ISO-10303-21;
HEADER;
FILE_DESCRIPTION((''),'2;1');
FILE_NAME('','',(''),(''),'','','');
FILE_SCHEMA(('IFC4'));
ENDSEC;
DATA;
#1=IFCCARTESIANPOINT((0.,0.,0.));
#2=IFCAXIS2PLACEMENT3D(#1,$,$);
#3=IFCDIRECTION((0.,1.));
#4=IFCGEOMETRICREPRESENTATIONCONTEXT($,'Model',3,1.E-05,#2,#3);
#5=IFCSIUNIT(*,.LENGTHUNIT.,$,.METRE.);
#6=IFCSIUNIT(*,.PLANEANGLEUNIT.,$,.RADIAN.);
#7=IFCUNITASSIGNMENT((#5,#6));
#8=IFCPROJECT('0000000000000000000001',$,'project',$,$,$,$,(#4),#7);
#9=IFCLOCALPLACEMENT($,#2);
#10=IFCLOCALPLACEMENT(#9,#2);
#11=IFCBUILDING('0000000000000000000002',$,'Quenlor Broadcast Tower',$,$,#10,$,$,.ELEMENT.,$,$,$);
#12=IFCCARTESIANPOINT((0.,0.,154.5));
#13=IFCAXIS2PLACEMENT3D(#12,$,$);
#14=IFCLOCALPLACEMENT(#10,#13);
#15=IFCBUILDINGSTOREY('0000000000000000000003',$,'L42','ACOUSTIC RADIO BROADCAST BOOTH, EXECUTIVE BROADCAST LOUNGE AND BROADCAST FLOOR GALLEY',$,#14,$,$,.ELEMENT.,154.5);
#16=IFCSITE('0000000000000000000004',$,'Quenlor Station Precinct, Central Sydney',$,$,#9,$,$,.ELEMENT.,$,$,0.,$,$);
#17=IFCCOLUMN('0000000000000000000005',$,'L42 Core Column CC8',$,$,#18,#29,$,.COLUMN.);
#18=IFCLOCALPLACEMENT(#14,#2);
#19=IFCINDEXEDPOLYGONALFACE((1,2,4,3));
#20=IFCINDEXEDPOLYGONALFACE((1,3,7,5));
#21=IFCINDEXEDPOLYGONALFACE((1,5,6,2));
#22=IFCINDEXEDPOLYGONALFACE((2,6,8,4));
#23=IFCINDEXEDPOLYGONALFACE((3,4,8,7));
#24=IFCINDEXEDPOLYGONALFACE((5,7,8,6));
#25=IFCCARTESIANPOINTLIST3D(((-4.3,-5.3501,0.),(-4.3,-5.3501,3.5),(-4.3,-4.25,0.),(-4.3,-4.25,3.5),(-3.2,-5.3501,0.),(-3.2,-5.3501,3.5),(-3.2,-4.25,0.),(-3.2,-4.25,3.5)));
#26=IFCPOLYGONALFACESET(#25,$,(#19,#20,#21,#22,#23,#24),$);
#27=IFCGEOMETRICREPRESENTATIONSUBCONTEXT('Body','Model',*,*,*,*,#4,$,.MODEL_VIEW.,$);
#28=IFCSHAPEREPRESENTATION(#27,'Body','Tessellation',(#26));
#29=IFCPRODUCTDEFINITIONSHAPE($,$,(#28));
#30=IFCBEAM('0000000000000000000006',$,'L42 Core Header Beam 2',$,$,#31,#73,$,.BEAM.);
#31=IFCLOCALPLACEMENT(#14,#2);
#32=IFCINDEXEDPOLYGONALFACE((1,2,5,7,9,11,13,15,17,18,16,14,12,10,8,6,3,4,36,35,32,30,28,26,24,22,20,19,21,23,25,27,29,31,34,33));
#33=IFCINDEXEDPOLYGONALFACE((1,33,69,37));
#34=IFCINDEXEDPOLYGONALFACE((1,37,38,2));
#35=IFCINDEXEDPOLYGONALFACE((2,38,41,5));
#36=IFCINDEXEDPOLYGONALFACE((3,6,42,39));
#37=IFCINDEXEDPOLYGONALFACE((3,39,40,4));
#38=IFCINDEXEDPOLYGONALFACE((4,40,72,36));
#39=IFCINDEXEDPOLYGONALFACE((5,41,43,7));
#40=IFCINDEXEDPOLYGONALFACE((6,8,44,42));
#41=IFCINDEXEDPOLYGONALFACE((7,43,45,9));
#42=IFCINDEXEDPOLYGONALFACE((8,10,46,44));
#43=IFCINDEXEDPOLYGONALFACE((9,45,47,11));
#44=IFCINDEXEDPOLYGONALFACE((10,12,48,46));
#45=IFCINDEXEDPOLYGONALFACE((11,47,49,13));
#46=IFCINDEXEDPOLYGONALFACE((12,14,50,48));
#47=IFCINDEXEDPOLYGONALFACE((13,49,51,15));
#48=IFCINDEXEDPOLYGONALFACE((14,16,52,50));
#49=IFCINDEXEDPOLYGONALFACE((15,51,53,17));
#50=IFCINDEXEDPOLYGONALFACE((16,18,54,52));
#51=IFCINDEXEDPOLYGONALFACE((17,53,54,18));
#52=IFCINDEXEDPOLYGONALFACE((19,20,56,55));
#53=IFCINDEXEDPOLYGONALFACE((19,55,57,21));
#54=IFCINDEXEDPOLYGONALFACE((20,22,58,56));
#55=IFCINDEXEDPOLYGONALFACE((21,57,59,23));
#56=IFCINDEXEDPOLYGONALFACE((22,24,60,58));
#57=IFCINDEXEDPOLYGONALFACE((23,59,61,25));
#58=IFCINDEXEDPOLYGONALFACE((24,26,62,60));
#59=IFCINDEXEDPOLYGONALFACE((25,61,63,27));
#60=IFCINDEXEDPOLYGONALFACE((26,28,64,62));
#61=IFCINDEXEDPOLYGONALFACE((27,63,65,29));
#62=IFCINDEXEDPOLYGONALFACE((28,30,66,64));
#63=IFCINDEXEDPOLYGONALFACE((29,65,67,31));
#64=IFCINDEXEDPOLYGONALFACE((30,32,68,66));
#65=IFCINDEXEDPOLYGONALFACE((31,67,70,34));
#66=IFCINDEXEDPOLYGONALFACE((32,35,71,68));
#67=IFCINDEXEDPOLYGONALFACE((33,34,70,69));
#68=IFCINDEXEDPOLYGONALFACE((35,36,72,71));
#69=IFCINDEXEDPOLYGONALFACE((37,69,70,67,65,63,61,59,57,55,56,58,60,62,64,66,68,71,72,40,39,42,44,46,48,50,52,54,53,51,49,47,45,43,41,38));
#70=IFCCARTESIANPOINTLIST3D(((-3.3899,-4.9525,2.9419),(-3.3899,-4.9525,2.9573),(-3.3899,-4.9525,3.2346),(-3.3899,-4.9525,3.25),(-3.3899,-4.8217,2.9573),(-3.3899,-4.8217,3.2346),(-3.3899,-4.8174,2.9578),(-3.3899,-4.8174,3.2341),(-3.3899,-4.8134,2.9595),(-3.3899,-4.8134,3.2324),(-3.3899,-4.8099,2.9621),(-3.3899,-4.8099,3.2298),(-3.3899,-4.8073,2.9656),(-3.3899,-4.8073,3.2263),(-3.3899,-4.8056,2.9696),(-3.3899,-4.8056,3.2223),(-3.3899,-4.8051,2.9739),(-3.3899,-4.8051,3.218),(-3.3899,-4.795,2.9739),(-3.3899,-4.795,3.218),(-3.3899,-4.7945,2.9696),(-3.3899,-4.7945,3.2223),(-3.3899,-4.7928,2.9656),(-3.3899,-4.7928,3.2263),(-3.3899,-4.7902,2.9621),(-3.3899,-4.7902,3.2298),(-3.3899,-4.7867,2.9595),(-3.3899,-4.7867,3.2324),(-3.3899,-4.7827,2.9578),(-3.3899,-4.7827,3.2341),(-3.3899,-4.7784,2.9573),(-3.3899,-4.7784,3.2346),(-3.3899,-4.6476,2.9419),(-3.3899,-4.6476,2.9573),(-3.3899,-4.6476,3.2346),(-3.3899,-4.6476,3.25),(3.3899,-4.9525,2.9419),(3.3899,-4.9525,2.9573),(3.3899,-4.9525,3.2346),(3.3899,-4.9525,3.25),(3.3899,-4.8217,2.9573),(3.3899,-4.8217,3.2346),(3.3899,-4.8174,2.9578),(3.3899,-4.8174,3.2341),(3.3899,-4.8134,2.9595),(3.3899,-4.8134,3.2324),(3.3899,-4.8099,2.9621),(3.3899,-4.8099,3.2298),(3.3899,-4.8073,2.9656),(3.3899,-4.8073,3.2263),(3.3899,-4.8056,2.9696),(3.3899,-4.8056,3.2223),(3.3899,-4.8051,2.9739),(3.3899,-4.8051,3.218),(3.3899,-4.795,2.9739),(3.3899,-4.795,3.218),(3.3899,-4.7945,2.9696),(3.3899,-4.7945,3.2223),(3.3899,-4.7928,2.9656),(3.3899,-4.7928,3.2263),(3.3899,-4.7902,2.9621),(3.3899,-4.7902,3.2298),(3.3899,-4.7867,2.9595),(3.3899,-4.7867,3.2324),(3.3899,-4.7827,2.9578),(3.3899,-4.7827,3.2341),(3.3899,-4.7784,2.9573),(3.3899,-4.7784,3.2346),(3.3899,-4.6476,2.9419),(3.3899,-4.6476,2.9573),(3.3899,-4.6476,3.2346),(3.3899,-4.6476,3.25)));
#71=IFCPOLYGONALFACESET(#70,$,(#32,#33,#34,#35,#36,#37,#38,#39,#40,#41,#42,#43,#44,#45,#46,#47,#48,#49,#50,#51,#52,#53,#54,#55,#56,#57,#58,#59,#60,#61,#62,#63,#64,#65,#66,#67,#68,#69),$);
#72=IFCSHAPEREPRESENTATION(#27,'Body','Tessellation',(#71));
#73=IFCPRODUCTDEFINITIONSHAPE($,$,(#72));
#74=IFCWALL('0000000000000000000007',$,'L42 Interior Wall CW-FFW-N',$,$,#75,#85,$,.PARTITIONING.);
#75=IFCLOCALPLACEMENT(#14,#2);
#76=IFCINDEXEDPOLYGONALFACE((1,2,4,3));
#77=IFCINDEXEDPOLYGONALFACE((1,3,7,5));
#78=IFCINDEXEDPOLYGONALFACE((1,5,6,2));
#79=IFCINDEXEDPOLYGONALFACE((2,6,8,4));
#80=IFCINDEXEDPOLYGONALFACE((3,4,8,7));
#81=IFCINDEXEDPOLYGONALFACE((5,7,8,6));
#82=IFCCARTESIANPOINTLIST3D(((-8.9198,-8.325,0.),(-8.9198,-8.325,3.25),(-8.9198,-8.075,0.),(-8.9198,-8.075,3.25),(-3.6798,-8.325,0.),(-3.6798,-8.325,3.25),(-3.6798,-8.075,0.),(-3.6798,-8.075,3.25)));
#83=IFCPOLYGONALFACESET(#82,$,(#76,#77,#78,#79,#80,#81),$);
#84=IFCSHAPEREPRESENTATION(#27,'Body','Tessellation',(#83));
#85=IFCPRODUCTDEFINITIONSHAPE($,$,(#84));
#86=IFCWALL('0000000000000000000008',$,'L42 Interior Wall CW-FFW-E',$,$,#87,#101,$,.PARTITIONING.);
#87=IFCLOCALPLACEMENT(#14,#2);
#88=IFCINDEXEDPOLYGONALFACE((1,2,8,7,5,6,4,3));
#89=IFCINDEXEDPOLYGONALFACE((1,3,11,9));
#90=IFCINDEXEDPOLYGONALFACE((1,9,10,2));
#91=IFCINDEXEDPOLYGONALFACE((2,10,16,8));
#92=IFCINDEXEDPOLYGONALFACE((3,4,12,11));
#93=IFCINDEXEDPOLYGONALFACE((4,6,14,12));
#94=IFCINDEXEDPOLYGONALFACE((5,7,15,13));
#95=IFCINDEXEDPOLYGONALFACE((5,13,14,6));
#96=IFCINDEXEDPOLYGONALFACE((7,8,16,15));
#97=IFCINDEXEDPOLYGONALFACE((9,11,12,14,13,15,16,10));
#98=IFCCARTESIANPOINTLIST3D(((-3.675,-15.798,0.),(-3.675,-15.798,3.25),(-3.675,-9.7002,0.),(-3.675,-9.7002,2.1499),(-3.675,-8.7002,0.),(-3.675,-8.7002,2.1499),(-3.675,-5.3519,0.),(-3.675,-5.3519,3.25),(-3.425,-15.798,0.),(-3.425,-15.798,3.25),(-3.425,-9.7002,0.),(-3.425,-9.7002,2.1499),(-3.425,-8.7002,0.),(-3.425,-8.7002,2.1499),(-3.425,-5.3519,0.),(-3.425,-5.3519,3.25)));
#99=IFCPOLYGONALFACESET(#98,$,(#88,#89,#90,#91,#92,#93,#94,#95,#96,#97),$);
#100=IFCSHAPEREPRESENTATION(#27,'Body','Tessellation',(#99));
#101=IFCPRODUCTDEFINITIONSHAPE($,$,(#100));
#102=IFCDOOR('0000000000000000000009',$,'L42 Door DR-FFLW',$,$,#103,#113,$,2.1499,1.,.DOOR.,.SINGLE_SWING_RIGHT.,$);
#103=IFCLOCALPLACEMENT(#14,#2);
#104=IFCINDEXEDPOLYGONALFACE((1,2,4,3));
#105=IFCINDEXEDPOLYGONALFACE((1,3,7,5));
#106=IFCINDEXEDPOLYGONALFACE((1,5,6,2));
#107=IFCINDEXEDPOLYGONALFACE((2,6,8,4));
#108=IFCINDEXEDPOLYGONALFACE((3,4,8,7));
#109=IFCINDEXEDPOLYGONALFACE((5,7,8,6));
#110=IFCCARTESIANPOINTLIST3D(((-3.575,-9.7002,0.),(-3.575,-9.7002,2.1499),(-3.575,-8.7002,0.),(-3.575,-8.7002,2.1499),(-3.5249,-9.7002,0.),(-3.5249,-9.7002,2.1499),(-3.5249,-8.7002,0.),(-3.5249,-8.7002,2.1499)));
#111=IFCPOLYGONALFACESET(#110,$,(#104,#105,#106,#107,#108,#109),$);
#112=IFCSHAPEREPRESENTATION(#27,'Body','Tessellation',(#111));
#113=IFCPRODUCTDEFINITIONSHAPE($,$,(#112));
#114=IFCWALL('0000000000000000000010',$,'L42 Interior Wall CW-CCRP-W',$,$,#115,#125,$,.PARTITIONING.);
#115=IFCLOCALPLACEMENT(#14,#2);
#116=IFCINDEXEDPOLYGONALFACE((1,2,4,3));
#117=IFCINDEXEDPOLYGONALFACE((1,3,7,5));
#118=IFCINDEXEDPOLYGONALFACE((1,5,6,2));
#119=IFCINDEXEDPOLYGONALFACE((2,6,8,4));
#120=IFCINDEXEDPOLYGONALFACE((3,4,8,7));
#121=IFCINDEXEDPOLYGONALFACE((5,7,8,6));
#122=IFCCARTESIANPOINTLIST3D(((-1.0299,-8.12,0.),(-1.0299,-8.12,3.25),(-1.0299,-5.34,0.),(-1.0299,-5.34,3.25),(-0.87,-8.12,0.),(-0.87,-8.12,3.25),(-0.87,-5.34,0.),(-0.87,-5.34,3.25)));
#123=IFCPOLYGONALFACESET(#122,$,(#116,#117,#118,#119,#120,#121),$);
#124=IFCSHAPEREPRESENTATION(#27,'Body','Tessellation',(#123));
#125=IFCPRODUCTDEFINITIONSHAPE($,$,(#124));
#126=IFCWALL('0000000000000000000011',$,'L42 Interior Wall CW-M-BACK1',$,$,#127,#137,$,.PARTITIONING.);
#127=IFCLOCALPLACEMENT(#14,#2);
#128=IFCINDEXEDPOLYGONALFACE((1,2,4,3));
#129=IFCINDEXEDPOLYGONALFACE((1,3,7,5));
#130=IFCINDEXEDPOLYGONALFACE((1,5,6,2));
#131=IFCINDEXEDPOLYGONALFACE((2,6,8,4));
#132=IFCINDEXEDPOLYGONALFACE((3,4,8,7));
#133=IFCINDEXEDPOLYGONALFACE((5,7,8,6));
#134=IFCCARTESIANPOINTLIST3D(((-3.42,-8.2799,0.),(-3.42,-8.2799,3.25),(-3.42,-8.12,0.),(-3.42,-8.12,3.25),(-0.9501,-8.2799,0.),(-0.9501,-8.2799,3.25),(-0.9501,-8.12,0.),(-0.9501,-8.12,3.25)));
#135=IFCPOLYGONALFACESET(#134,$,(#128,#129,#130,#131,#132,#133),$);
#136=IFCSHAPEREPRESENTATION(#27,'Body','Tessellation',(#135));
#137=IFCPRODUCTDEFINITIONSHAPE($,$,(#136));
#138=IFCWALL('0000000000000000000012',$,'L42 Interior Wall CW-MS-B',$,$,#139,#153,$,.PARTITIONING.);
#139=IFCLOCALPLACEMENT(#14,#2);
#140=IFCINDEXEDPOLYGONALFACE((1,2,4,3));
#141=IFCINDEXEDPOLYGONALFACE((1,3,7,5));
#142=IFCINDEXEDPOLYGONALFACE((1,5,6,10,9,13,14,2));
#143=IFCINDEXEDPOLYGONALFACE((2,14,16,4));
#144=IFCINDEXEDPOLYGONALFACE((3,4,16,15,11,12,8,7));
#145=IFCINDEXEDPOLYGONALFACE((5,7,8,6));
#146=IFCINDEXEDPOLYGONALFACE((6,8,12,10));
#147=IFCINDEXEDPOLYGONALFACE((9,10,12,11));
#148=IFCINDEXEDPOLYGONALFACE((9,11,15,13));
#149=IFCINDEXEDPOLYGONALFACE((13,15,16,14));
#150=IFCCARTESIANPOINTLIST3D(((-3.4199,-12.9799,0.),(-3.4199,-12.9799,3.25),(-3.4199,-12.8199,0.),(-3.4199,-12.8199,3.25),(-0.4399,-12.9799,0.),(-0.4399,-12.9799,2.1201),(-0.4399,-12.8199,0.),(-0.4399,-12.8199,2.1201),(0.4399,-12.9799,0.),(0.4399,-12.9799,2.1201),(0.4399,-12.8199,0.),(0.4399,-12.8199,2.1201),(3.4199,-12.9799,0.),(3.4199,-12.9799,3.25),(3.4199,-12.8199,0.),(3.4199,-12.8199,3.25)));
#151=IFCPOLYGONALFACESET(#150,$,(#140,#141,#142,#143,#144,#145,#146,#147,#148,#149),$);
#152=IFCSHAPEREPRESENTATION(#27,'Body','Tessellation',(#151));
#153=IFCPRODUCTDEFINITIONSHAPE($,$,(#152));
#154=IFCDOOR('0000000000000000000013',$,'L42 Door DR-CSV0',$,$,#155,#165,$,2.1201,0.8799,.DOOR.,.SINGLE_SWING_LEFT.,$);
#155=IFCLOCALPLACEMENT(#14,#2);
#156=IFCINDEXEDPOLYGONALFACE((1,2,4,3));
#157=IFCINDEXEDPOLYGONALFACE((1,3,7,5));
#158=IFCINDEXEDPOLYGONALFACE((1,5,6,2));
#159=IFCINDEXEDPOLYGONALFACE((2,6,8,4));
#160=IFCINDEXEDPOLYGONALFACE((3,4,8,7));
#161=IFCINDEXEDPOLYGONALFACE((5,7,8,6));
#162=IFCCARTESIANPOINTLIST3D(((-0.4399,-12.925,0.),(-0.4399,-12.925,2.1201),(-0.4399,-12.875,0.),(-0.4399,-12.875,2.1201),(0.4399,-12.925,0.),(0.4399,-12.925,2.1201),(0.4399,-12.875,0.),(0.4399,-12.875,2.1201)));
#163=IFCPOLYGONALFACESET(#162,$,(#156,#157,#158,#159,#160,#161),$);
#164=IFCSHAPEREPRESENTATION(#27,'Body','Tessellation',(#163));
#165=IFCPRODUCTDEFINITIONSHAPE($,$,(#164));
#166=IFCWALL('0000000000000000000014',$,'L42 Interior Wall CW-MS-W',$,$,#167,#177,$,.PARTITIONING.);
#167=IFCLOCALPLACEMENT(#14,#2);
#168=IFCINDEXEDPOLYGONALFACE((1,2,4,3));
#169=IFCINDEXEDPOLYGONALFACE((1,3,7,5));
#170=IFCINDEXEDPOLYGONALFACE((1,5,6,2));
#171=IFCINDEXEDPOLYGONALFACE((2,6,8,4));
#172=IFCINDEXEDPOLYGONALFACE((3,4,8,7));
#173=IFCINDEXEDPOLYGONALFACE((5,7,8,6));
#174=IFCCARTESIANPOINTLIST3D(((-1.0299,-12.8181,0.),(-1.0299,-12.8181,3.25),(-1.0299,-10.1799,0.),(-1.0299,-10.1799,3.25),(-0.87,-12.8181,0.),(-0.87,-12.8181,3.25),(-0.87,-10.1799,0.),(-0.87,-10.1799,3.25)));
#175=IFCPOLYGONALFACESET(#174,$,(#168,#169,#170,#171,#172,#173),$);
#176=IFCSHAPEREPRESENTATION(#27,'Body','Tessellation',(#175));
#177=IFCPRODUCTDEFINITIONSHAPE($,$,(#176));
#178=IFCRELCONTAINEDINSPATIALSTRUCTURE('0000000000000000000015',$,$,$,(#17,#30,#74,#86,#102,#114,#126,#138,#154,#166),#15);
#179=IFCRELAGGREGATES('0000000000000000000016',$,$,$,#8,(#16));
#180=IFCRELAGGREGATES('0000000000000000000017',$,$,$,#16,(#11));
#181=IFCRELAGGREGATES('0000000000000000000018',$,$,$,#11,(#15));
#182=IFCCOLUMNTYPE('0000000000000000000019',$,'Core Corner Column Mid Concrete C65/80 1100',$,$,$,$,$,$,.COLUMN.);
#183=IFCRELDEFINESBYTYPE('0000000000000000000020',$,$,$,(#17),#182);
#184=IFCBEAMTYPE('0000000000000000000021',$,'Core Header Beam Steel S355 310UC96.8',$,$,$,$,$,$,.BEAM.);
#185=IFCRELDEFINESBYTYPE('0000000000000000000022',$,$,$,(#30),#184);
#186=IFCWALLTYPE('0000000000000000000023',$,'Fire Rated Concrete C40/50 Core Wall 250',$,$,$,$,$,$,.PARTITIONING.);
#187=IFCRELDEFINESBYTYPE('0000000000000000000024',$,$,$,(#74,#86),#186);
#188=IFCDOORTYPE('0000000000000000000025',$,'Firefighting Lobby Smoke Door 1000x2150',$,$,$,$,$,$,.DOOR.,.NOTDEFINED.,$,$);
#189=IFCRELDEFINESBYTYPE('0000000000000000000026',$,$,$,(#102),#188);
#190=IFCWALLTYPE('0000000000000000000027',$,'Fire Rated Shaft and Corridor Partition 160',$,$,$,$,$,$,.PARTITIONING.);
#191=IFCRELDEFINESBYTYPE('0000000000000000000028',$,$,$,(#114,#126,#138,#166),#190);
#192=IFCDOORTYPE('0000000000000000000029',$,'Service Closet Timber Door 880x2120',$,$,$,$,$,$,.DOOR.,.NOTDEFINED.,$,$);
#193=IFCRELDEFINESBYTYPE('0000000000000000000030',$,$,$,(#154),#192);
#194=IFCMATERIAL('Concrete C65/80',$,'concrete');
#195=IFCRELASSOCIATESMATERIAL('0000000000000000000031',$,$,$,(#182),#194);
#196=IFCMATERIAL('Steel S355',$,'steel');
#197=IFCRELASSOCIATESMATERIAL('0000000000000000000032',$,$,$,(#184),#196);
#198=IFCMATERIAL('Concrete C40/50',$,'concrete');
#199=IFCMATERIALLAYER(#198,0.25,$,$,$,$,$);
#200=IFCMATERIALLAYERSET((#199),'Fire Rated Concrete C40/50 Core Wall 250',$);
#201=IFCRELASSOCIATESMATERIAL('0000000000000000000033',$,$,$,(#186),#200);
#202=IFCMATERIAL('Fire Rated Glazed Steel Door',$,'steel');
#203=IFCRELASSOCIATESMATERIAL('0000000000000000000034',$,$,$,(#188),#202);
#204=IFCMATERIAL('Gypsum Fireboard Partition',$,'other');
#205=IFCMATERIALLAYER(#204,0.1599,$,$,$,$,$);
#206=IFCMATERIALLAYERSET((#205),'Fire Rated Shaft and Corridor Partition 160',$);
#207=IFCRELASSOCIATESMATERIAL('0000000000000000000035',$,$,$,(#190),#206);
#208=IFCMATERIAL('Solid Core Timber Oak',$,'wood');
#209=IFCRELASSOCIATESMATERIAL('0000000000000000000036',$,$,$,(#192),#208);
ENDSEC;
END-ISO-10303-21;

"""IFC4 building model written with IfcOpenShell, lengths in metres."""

from ifc_helpers import new_model, si_unit, direction, frame, frame_2d, origin, origin_2d, place, context, subcontext, project, spatial, rectangle, i_section, extrude, material, layer, layer_set, material_profile, profile_set, type_object, element, fill, save


model = new_model("IFC4")

# Units and contexts
model_context = context("Model", 3, precision=1e-05, world=origin(), true_north=direction((0.0, 1.0)))
body_context = subcontext(model_context, "Body", "Model", "MODEL_VIEW")
ifc_project = project(units=[si_unit("LENGTHUNIT", "METRE"), si_unit("PLANEANGLEUNIT", "RADIAN")], contexts=[model_context])

# Site, building, storey
site_placement = place(None, origin())
site = spatial("IfcSite", under=ifc_project, at=site_placement, Name="Quenlor Station Precinct, Central Sydney", CompositionType="ELEMENT", RefElevation=0.0)
building_placement = place(site_placement, origin())
building = spatial("IfcBuilding", under=site, at=building_placement, Name="Quenlor Broadcast Tower", CompositionType="ELEMENT")
storey_placement = place(building_placement, frame((0.0, 0.0, 154.5)))
storey = spatial("IfcBuildingStorey", under=building, at=storey_placement, Name="L42", Description="ACOUSTIC RADIO BROADCAST BOOTH, EXECUTIVE BROADCAST LOUNGE AND BROADCAST FLOOR GALLEY", CompositionType="ELEMENT", Elevation=154.5)

# Column
ifc_material_1 = material(Name="Concrete C65/80", Category="concrete")
ifc_material_profile_1 = material_profile(ifc_material_1, rectangle(XDim=1.1001, YDim=1.1001, at=origin_2d()))
ifc_profile_set_1 = profile_set([ifc_material_profile_1], Name="Concrete C65/80 RC1100x1100")
column_type = type_object("IfcColumnType", Name="Core Corner Column Mid Concrete C65/80 1100", PredefinedType="COLUMN", material=ifc_profile_set_1)
column_placement = place(storey_placement, frame((-3.75, -4.8, 0.0), z_axis=(0.0, 0.0, 1.0), x_axis=(1.0, 0.0, 0.0)))
element("IfcColumn", 1, at=column_placement, inside=storey, type_object=column_type, Name="L42 Core Column CC8", PredefinedType="COLUMN", context=body_context, shape_type="SweptSolid", body=[
    extrude(rectangle(XDim=1.1001, YDim=1.1001, at=origin_2d()), origin(), (0.0, 0.0, 1.0), 3.5),
])

# Beam
ifc_material_2 = material(Name="Steel S355", Category="steel")
ifc_material_profile_2 = material_profile(ifc_material_2, i_section(OverallWidth=0.3049, OverallDepth=0.3081, WebThickness=0.01, FlangeThickness=0.0154, FilletRadius=0.0166, at=origin_2d()))
ifc_profile_set_2 = profile_set([ifc_material_profile_2], Name="Steel S355 310UC96.8")
beam_type = type_object("IfcBeamType", Name="Core Header Beam Steel S355 310UC96.8", PredefinedType="BEAM", material=ifc_profile_set_2)
beam_placement = place(storey_placement, frame((-3.3899, -4.8, 3.0959), z_axis=(1.0, 0.0, 0.0), x_axis=(0.0, 1.0, 0.0)))
element("IfcBeam", 2, at=beam_placement, inside=storey, type_object=beam_type, Name="L42 Core Header Beam 2", PredefinedType="BEAM", context=body_context, shape_type="SweptSolid", body=[
    extrude(i_section(OverallWidth=0.3049, OverallDepth=0.3081, WebThickness=0.01, FlangeThickness=0.0154, FilletRadius=0.0166, at=origin_2d()), origin(), (0.0, 0.0, 1.0), 6.7798),
])

# Shared definitions
ifc_material_3 = material(Name="Concrete C40/50", Category="concrete")
ifc_layer_1 = layer(ifc_material_3, 0.25)
ifc_layer_set_1 = layer_set([ifc_layer_1], Name="Fire Rated Concrete C40/50 Core Wall 250")
wall_type_1 = type_object("IfcWallType", Name="Fire Rated Concrete C40/50 Core Wall 250", PredefinedType="PARTITIONING", material=ifc_layer_set_1)

# Wall
wall_1_placement = place(storey_placement, frame((-8.9199, -8.2, 0.0), z_axis=(0.0, 0.0, 1.0), x_axis=(1.0, 0.0, 0.0)))
element("IfcWall", 3, at=wall_1_placement, inside=storey, type_object=wall_type_1, Name="L42 Interior Wall CW-FFW-N", PredefinedType="PARTITIONING", context=body_context, shape_type="SweptSolid", body=[
    extrude(rectangle(XDim=5.24, YDim=0.25, at=frame_2d((2.6201, 0.0))), origin(), (0.0, 0.0, 1.0), 3.25),
])

# Wall, opening, door
wall_2_placement = place(storey_placement, frame((-3.55, -15.7981, 0.0), z_axis=(0.0, 0.0, 1.0), x_axis=(0.0, 1.0, 0.0)))
wall_2 = element("IfcWall", 4, at=wall_2_placement, inside=storey, type_object=wall_type_1, Name="L42 Interior Wall CW-FFW-E", PredefinedType="PARTITIONING", context=body_context, shape_type="SweptSolid", body=[
    extrude(rectangle(XDim=10.446, YDim=0.25, at=frame_2d((5.2231, 0.0))), origin(), (0.0, 0.0, 1.0), 3.25),
])
opening_1_placement = place(wall_2_placement, frame((6.0979, 0.0, 0.0)))
opening_1 = element("IfcOpeningElement", 5, at=opening_1_placement, cuts=wall_2, PredefinedType="OPENING", context=body_context, shape_type="SweptSolid", body=[
    extrude(rectangle(XDim=1.0, YDim=2.1499, at=frame_2d((0.5, 1.075))), frame((0.0, 0.135, 0.0), z_axis=(0.0, -1.0, 0.0), x_axis=(1.0, 0.0, 0.0)), (0.0, 0.0, 1.0), 0.27),
])
ifc_material_4 = material(Name="Fire Rated Glazed Steel Door", Category="steel")
door_type_1 = type_object("IfcDoorType", Name="Firefighting Lobby Smoke Door 1000x2150", OperationType="NOTDEFINED", PredefinedType="DOOR", material=ifc_material_4)
door_1_placement = place(opening_1_placement, origin())
door_1 = element("IfcDoor", 6, at=door_1_placement, inside=storey, type_object=door_type_1, Name="L42 Door DR-FFLW", OperationType="SINGLE_SWING_RIGHT", OverallHeight=2.1499, OverallWidth=1.0, PredefinedType="DOOR", context=body_context, shape_type="SweptSolid", body=[
    extrude(rectangle(XDim=1.0, YDim=2.1499, at=frame_2d((0.5, 1.075))), frame((0.0, 0.0249, 0.0), z_axis=(0.0, -1.0, 0.0), x_axis=(1.0, 0.0, 0.0)), (0.0, 0.0, 1.0), 0.05),
])
fill(opening_1, door_1)

# Walls
ifc_material_5 = material(Name="Gypsum Fireboard Partition", Category="other")
ifc_layer_2 = layer(ifc_material_5, 0.1599)
ifc_layer_set_2 = layer_set([ifc_layer_2], Name="Fire Rated Shaft and Corridor Partition 160")
wall_type_2 = type_object("IfcWallType", Name="Fire Rated Shaft and Corridor Partition 160", PredefinedType="PARTITIONING", material=ifc_layer_set_2)
wall_3_placement = place(storey_placement, frame((-0.95, -8.1201, 0.0), z_axis=(0.0, 0.0, 1.0), x_axis=(0.0, 1.0, 0.0)))
element("IfcWall", 7, at=wall_3_placement, inside=storey, type_object=wall_type_2, Name="L42 Interior Wall CW-CCRP-W", PredefinedType="PARTITIONING", context=body_context, shape_type="SweptSolid", body=[
    extrude(rectangle(XDim=2.78, YDim=0.1599, at=frame_2d((1.3901, 0.0))), origin(), (0.0, 0.0, 1.0), 3.25),
])
wall_4_placement = place(storey_placement, frame((-3.4199, -8.2, 0.0), z_axis=(0.0, 0.0, 1.0), x_axis=(1.0, 0.0, 0.0)))
element("IfcWall", 8, at=wall_4_placement, inside=storey, type_object=wall_type_2, Name="L42 Interior Wall CW-M-BACK1", PredefinedType="PARTITIONING", context=body_context, shape_type="SweptSolid", body=[
    extrude(rectangle(XDim=2.47, YDim=0.1599, at=frame_2d((1.2349, 0.0))), origin(), (0.0, 0.0, 1.0), 3.25),
])

# Wall, opening, door
wall_5_placement = place(storey_placement, frame((-3.4199, -12.8999, 0.0), z_axis=(0.0, 0.0, 1.0), x_axis=(1.0, 0.0, 0.0)))
wall_5 = element("IfcWall", 9, at=wall_5_placement, inside=storey, type_object=wall_type_2, Name="L42 Interior Wall CW-MS-B", PredefinedType="PARTITIONING", context=body_context, shape_type="SweptSolid", body=[
    extrude(rectangle(XDim=6.8398, YDim=0.1599, at=frame_2d((3.4199, 0.0))), origin(), (0.0, 0.0, 1.0), 3.25),
])
opening_2_placement = place(wall_5_placement, frame((2.98, 0.0, 0.0)))
opening_2 = element("IfcOpeningElement", 10, at=opening_2_placement, cuts=wall_5, PredefinedType="OPENING", context=body_context, shape_type="SweptSolid", body=[
    extrude(rectangle(XDim=0.8799, YDim=2.1201, at=frame_2d((0.4399, 1.0601))), frame((0.0, 0.0898, 0.0), z_axis=(0.0, -1.0, 0.0), x_axis=(1.0, 0.0, 0.0)), (0.0, 0.0, 1.0), 0.1799),
])
ifc_material_6 = material(Name="Solid Core Timber Oak", Category="wood")
door_type_2 = type_object("IfcDoorType", Name="Service Closet Timber Door 880x2120", OperationType="NOTDEFINED", PredefinedType="DOOR", material=ifc_material_6)
door_2_placement = place(opening_2_placement, origin())
door_2 = element("IfcDoor", 11, at=door_2_placement, inside=storey, type_object=door_type_2, Name="L42 Door DR-CSV0", OperationType="SINGLE_SWING_LEFT", OverallHeight=2.1201, OverallWidth=0.8799, PredefinedType="DOOR", context=body_context, shape_type="SweptSolid", body=[
    extrude(rectangle(XDim=0.8799, YDim=2.1201, at=frame_2d((0.4399, 1.0601))), frame((0.0, 0.0249, 0.0), z_axis=(0.0, -1.0, 0.0), x_axis=(1.0, 0.0, 0.0)), (0.0, 0.0, 1.0), 0.05),
])
fill(opening_2, door_2)

# Wall
wall_6_placement = place(storey_placement, frame((-0.95, -12.8181, 0.0), z_axis=(0.0, 0.0, 1.0), x_axis=(0.0, 1.0, 0.0)))
element("IfcWall", 12, at=wall_6_placement, inside=storey, type_object=wall_type_2, Name="L42 Interior Wall CW-MS-W", PredefinedType="PARTITIONING", context=body_context, shape_type="SweptSolid", body=[
    extrude(rectangle(XDim=2.6382, YDim=0.1599, at=frame_2d((1.3191, 0.0))), origin(), (0.0, 0.0, 1.0), 3.25),
])

save(model, "model.ifc")
